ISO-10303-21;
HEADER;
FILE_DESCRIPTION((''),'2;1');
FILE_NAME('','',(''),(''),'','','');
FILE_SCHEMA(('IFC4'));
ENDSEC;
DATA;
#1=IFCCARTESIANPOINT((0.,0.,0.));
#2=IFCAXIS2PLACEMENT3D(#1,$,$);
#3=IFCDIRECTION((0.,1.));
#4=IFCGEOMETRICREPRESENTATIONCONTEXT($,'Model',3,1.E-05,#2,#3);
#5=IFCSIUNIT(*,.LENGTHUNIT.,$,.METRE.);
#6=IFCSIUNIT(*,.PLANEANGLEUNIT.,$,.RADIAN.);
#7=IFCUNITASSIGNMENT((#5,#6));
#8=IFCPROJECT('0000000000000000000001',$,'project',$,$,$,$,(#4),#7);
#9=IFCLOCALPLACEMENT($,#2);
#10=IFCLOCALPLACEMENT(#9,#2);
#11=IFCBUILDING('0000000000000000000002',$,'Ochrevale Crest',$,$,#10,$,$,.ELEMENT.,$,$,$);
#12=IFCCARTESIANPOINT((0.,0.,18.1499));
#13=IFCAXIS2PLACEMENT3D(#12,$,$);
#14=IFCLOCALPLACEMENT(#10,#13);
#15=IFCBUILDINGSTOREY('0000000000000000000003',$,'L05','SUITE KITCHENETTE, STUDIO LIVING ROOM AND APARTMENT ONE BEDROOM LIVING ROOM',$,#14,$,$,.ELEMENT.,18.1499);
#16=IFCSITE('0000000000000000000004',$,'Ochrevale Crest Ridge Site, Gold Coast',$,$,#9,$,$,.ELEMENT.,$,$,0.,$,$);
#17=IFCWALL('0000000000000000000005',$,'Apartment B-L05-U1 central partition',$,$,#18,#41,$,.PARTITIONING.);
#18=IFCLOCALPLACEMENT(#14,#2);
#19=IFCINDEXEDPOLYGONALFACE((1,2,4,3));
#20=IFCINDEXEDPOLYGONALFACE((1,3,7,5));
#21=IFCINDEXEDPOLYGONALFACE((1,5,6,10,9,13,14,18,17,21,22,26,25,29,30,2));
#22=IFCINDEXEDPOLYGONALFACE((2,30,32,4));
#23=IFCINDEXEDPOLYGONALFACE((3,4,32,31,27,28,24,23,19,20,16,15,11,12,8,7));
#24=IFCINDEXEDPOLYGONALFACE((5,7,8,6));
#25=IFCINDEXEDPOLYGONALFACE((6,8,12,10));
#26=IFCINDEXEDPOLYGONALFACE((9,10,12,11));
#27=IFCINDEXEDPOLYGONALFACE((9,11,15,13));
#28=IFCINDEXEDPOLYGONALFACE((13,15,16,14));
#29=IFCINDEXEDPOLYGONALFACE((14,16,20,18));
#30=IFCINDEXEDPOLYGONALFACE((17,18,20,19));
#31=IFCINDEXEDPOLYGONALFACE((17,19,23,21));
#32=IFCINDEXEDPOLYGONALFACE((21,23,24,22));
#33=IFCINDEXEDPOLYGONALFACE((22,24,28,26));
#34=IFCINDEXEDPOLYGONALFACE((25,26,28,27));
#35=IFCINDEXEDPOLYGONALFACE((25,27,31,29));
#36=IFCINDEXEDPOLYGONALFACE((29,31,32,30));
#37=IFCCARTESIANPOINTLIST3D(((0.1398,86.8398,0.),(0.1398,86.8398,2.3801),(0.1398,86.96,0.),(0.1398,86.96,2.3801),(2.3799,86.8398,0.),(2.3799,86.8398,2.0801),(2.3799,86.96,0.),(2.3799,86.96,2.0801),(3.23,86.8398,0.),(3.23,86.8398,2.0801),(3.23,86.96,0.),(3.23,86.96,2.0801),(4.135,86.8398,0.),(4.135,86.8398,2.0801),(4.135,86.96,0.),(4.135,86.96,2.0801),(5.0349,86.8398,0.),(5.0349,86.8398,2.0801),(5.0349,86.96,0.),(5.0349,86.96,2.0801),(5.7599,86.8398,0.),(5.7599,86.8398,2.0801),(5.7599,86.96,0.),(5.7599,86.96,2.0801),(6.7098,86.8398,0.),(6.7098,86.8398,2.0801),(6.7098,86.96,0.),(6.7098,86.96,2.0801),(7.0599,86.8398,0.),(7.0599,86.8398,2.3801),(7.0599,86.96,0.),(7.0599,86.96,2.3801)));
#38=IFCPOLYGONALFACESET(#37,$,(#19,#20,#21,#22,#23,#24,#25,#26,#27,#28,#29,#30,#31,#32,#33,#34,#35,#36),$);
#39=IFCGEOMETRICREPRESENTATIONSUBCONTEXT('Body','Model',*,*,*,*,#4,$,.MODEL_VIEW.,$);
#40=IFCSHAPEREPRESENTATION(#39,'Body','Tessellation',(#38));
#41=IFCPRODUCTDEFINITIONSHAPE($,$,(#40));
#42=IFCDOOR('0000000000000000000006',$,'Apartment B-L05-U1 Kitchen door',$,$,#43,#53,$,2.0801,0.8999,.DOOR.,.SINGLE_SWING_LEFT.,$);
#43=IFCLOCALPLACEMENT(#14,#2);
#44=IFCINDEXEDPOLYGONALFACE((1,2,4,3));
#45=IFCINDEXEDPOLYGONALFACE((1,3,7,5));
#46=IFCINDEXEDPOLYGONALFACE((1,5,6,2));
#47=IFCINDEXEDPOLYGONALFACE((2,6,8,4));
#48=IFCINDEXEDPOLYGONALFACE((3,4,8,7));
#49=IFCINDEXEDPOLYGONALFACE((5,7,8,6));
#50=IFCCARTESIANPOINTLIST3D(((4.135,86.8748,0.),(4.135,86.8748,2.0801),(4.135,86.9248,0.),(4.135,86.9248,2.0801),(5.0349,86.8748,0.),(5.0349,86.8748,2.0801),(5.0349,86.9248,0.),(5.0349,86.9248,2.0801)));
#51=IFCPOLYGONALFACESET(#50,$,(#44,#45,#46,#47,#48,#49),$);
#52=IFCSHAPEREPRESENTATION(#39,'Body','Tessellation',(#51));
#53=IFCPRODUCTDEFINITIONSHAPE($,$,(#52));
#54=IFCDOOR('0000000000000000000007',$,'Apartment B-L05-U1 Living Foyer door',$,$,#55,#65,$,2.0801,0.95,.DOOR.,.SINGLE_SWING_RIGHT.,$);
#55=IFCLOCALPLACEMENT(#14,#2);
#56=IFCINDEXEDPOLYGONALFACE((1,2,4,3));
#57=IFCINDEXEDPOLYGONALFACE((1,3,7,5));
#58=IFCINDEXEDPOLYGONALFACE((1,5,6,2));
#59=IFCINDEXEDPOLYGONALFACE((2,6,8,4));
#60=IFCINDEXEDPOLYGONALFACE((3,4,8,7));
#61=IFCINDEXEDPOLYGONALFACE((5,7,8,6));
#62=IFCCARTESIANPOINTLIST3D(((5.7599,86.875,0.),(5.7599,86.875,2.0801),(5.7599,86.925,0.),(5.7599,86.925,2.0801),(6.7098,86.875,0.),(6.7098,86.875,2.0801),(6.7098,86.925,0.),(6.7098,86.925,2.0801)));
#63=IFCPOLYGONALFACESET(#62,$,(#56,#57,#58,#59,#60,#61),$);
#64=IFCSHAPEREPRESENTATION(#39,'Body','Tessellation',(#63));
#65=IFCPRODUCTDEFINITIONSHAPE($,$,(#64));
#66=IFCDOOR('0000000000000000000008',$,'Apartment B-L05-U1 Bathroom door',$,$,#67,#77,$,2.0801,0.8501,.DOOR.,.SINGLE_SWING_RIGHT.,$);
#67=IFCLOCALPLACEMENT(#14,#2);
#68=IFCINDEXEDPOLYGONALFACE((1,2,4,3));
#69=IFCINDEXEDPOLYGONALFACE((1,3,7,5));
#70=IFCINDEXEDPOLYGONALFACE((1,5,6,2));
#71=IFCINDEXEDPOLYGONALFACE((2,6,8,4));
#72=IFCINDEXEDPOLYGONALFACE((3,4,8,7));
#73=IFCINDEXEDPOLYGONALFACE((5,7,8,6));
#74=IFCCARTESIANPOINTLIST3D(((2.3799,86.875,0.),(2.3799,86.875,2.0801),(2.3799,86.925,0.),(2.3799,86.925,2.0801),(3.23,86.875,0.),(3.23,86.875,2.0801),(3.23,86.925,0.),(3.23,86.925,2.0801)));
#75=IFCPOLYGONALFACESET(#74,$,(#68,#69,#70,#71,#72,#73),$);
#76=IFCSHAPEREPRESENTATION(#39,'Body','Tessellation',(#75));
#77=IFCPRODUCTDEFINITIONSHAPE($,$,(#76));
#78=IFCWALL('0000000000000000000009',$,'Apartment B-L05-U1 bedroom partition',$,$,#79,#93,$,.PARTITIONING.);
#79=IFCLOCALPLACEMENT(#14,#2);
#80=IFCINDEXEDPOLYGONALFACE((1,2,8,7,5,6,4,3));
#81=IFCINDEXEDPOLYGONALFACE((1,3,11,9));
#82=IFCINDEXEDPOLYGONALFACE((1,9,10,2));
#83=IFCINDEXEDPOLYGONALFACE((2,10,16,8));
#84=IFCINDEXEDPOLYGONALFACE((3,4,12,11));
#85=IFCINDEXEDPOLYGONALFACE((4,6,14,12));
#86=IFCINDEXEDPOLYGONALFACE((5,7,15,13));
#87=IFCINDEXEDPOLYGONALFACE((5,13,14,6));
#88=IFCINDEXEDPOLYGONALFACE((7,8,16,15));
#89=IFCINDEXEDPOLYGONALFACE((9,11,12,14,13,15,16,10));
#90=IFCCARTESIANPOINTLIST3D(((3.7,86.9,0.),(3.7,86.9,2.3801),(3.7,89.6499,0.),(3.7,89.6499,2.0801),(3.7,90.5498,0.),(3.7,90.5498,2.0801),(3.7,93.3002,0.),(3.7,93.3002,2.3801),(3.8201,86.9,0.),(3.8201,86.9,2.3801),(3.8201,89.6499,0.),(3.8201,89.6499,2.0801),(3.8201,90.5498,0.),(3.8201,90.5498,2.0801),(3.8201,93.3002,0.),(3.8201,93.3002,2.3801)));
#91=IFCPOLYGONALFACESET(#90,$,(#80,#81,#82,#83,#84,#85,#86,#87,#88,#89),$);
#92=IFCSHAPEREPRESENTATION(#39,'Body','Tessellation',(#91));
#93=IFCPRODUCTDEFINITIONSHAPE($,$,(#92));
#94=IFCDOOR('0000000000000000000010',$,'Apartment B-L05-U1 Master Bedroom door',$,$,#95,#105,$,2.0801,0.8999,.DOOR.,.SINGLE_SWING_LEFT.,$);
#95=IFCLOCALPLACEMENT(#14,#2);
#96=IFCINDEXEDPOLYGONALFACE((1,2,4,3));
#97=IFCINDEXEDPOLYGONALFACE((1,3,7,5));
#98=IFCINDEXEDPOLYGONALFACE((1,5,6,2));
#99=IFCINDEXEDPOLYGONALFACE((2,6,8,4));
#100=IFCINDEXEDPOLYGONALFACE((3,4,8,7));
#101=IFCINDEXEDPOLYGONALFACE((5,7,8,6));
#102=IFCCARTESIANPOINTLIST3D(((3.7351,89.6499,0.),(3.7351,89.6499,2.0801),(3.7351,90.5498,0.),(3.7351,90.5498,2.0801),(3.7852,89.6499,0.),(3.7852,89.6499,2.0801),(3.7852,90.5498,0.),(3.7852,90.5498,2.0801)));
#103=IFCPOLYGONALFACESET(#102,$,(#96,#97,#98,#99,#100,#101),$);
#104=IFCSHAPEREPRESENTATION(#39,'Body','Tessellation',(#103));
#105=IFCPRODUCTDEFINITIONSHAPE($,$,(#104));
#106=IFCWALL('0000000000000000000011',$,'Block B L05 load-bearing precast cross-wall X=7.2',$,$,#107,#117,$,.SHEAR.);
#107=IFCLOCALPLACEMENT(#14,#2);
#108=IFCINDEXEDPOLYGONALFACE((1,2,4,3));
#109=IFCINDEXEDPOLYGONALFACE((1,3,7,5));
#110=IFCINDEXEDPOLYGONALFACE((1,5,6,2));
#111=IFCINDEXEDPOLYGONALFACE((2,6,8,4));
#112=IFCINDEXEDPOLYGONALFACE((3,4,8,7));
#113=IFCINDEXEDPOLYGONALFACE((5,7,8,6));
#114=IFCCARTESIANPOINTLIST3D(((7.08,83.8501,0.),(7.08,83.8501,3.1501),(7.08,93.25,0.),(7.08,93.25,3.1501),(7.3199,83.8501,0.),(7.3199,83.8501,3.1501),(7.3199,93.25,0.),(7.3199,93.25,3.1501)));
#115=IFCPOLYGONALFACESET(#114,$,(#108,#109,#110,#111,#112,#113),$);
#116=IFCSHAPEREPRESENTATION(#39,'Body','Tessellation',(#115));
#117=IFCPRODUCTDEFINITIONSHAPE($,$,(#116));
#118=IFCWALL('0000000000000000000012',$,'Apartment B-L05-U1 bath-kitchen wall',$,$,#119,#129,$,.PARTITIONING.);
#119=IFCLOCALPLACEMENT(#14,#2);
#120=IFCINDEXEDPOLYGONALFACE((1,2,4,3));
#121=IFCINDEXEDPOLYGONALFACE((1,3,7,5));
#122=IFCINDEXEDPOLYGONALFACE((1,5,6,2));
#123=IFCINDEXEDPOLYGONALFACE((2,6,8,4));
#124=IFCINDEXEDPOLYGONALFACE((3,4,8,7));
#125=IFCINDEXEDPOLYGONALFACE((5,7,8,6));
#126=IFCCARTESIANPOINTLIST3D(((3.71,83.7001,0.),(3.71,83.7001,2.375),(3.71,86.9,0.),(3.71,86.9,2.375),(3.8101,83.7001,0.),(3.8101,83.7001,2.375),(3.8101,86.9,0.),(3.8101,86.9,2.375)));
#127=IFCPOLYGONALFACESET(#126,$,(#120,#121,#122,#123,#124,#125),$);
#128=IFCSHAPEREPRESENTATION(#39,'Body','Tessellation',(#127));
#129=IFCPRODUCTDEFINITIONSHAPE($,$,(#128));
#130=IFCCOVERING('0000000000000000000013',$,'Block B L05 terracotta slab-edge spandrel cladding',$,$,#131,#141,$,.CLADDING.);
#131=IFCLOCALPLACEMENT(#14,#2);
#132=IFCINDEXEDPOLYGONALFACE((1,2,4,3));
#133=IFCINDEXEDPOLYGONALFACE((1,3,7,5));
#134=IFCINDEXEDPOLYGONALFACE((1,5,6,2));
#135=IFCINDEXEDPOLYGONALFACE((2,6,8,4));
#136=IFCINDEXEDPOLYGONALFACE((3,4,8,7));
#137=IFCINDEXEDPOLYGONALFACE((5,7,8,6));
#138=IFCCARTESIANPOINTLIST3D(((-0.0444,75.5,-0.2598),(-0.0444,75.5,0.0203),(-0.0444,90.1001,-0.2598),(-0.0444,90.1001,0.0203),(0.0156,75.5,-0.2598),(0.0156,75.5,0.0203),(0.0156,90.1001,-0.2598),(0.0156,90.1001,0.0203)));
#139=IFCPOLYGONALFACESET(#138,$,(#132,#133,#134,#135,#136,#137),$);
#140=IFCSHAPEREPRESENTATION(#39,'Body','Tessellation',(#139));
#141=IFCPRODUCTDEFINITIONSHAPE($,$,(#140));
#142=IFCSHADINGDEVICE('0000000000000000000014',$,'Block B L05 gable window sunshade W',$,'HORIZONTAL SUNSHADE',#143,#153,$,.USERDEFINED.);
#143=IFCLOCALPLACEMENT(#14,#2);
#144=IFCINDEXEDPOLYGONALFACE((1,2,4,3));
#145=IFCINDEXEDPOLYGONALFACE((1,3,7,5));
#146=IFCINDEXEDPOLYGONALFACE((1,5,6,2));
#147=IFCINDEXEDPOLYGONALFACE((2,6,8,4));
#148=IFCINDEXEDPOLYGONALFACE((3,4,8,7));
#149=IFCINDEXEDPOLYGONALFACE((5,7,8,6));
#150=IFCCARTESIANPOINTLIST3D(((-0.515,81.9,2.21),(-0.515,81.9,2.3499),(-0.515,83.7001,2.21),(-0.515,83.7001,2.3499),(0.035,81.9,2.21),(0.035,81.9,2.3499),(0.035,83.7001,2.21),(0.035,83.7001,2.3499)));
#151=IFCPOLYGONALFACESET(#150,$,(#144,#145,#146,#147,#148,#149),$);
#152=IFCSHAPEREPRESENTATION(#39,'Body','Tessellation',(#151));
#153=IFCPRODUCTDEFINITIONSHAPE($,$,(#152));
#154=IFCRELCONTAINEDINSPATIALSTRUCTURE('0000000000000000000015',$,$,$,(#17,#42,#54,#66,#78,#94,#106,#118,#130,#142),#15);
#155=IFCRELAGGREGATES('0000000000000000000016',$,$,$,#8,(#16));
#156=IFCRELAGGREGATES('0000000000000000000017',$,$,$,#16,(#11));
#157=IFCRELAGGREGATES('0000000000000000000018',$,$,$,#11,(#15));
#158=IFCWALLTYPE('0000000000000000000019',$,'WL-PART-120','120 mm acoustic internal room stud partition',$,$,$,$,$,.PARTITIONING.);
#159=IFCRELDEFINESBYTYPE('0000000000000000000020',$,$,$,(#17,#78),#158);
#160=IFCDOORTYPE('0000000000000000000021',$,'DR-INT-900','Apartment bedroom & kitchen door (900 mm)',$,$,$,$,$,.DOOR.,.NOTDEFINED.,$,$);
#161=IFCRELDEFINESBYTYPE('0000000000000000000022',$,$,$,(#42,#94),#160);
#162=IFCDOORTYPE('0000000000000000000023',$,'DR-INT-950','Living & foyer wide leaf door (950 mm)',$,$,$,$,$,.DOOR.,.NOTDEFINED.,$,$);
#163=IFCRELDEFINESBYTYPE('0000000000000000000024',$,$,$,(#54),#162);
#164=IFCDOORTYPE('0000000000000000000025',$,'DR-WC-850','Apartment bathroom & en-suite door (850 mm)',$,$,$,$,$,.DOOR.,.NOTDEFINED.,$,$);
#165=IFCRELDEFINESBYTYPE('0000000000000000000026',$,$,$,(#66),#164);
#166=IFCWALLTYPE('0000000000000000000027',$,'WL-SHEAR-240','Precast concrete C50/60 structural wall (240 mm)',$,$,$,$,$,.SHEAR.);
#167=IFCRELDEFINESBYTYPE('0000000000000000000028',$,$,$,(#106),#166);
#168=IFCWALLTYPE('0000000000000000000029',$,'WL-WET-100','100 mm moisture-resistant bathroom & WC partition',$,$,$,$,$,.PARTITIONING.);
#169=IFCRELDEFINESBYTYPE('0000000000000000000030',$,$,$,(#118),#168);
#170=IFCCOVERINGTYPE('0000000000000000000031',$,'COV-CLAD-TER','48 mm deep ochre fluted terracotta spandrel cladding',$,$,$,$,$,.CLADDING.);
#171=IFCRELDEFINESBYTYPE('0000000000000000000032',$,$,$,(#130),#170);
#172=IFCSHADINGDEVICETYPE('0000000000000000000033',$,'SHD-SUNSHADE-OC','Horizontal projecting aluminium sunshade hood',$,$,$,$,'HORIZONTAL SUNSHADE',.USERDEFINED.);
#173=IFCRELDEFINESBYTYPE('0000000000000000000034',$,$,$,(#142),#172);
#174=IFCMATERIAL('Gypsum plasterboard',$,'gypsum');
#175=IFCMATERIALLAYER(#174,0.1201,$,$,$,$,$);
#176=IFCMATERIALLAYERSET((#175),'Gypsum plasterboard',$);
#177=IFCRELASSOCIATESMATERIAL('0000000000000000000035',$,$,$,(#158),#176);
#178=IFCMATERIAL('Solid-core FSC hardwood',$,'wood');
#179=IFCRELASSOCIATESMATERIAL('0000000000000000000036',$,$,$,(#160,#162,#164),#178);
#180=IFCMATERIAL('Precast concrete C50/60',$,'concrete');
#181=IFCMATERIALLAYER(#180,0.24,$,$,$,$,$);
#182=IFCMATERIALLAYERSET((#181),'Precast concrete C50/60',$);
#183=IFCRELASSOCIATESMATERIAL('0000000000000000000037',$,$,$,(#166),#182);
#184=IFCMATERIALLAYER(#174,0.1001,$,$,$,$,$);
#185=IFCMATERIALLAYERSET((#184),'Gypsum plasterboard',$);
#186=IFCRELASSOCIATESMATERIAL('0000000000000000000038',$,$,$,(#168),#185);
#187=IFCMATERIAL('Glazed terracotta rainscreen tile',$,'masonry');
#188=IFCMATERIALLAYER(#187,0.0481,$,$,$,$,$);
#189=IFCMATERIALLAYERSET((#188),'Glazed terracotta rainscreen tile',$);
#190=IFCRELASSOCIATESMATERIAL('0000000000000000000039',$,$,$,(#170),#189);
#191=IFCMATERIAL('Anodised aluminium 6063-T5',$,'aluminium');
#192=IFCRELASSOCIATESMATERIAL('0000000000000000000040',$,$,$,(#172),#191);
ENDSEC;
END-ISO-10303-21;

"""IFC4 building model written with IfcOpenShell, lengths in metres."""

from ifc_helpers import new_model, si_unit, direction, frame, frame_2d, origin, origin_2d, place, context, subcontext, project, spatial, rectangle, extrude, material, layer, layer_set, type_object, element, fill, save


model = new_model("IFC4")

# Units and contexts
model_context = context("Model", 3, precision=1e-05, world=origin(), true_north=direction((0.0, 1.0)))
body_context = subcontext(model_context, "Body", "Model", "MODEL_VIEW")
ifc_project = project(units=[si_unit("LENGTHUNIT", "METRE"), si_unit("PLANEANGLEUNIT", "RADIAN")], contexts=[model_context])

# Site, building, storey
site_placement = place(None, origin())
site = spatial("IfcSite", under=ifc_project, at=site_placement, Name="Ochrevale Crest Ridge Site, Gold Coast", CompositionType="ELEMENT", RefElevation=0.0)
building_placement = place(site_placement, origin())
building = spatial("IfcBuilding", under=site, at=building_placement, Name="Ochrevale Crest", CompositionType="ELEMENT")
storey_placement = place(building_placement, frame((0.0, 0.0, 18.1499)))
storey = spatial("IfcBuildingStorey", under=building, at=storey_placement, Name="L05", Description="SUITE KITCHENETTE, STUDIO LIVING ROOM AND APARTMENT ONE BEDROOM LIVING ROOM", CompositionType="ELEMENT", Elevation=18.1499)

# Shared definitions
ifc_material_1 = material(Name="Precast concrete C50/60", Category="concrete")

# Shared definitions
ifc_material_2 = material(Name="Anodised aluminium 6063-T5", Category="aluminium")

# Shared definitions
ifc_material_3 = material(Name="Gypsum plasterboard", Category="gypsum")
ifc_material_4 = material(Name="Solid-core FSC hardwood", Category="wood")

# Shared definitions
ifc_layer_1 = layer(ifc_material_3, 0.1201)
ifc_layer_set_1 = layer_set([ifc_layer_1], Name="Gypsum plasterboard")
wall_type_1 = type_object("IfcWallType", Name="WL-PART-120", Description="120 mm acoustic internal room stud partition", PredefinedType="PARTITIONING", material=ifc_layer_set_1)

# Wall, openings, doors
wall_1_placement = place(storey_placement, frame((0.1399, 86.8999, 0.0), z_axis=(0.0, 0.0, 1.0), x_axis=(1.0, 0.0, 0.0)))
wall_1 = element("IfcWall", 1, at=wall_1_placement, inside=storey, type_object=wall_type_1, Name="Apartment B-L05-U1 central partition", PredefinedType="PARTITIONING", context=body_context, shape_type="SweptSolid", body=[
    extrude(rectangle(XDim=6.9202, YDim=0.1201, at=frame_2d((3.46, 0.0))), origin(), (0.0, 0.0, 1.0), 2.3801),
])
opening_1_placement = place(wall_1_placement, frame((3.0901, 0.0, 0.0), z_axis=(0.0, 0.0, 1.0), x_axis=(-1.0, 0.0, 0.0)))
opening_1 = element("IfcOpeningElement", 2, at=opening_1_placement, cuts=wall_1, PredefinedType="OPENING", context=body_context, shape_type="SweptSolid", body=[
    extrude(rectangle(XDim=0.8501, YDim=2.0801, at=frame_2d((0.425, 1.04))), frame((0.0, 0.0701, 0.0), z_axis=(0.0, -1.0, 0.0), x_axis=(1.0, 0.0, 0.0)), (0.0, 0.0, 1.0), 0.1401),
])
opening_2_placement = place(wall_1_placement, frame((3.9951, 0.0, 0.0)))
opening_2 = element("IfcOpeningElement", 3, at=opening_2_placement, cuts=wall_1, PredefinedType="OPENING", context=body_context, shape_type="SweptSolid", body=[
    extrude(rectangle(XDim=0.8999, YDim=2.0801, at=frame_2d((0.45, 1.04))), frame((0.0, 0.0701, 0.0), z_axis=(0.0, -1.0, 0.0), x_axis=(1.0, 0.0, 0.0)), (0.0, 0.0, 1.0), 0.1401),
])
opening_3_placement = place(wall_1_placement, frame((6.5701, 0.0, 0.0), z_axis=(0.0, 0.0, 1.0), x_axis=(-1.0, 0.0, 0.0)))
opening_3 = element("IfcOpeningElement", 4, at=opening_3_placement, cuts=wall_1, PredefinedType="OPENING", context=body_context, shape_type="SweptSolid", body=[
    extrude(rectangle(XDim=0.95, YDim=2.0801, at=frame_2d((0.4751, 1.04))), frame((0.0, 0.0701, 0.0), z_axis=(0.0, -1.0, 0.0), x_axis=(1.0, 0.0, 0.0)), (0.0, 0.0, 1.0), 0.1401),
])
door_type_1 = type_object("IfcDoorType", Name="DR-INT-900", Description="Apartment bedroom & kitchen door (900 mm)", OperationType="NOTDEFINED", PredefinedType="DOOR", material=ifc_material_4)
door_1_placement = place(opening_2_placement, origin())
door_1 = element("IfcDoor", 5, at=door_1_placement, inside=storey, type_object=door_type_1, Name="Apartment B-L05-U1 Kitchen door", OperationType="SINGLE_SWING_LEFT", OverallHeight=2.0801, OverallWidth=0.8999, PredefinedType="DOOR", context=body_context, shape_type="SweptSolid", body=[
    extrude(rectangle(XDim=0.8999, YDim=2.0801, at=frame_2d((0.45, 1.04))), frame((0.0, 0.0249, 0.0), z_axis=(0.0, -1.0, 0.0), x_axis=(1.0, 0.0, 0.0)), (0.0, 0.0, 1.0), 0.05),
])
fill(opening_2, door_1)
door_type_2 = type_object("IfcDoorType", Name="DR-INT-950", Description="Living & foyer wide leaf door (950 mm)", OperationType="NOTDEFINED", PredefinedType="DOOR", material=ifc_material_4)
door_2_placement = place(opening_3_placement, origin())
door_2 = element("IfcDoor", 6, at=door_2_placement, inside=storey, type_object=door_type_2, Name="Apartment B-L05-U1 Living Foyer door", OperationType="SINGLE_SWING_RIGHT", OverallHeight=2.0801, OverallWidth=0.95, PredefinedType="DOOR", context=body_context, shape_type="SweptSolid", body=[
    extrude(rectangle(XDim=0.95, YDim=2.0801, at=frame_2d((0.4751, 1.04))), frame((0.0, 0.0249, 0.0), z_axis=(0.0, -1.0, 0.0), x_axis=(1.0, 0.0, 0.0)), (0.0, 0.0, 1.0), 0.05),
])
fill(opening_3, door_2)
door_type_3 = type_object("IfcDoorType", Name="DR-WC-850", Description="Apartment bathroom & en-suite door (850 mm)", OperationType="NOTDEFINED", PredefinedType="DOOR", material=ifc_material_4)
door_3_placement = place(opening_1_placement, origin())
door_3 = element("IfcDoor", 7, at=door_3_placement, inside=storey, type_object=door_type_3, Name="Apartment B-L05-U1 Bathroom door", OperationType="SINGLE_SWING_RIGHT", OverallHeight=2.0801, OverallWidth=0.8501, PredefinedType="DOOR", context=body_context, shape_type="SweptSolid", body=[
    extrude(rectangle(XDim=0.8501, YDim=2.0801, at=frame_2d((0.425, 1.04))), frame((0.0, 0.0249, 0.0), z_axis=(0.0, -1.0, 0.0), x_axis=(1.0, 0.0, 0.0)), (0.0, 0.0, 1.0), 0.05),
])
fill(opening_1, door_3)

# Wall, opening, door
wall_2_placement = place(storey_placement, frame((3.76, 86.8999, 0.0), z_axis=(0.0, 0.0, 1.0), x_axis=(0.0, 1.0, 0.0)))
wall_2 = element("IfcWall", 8, at=wall_2_placement, inside=storey, type_object=wall_type_1, Name="Apartment B-L05-U1 bedroom partition", PredefinedType="PARTITIONING", context=body_context, shape_type="SweptSolid", body=[
    extrude(rectangle(XDim=6.4001, YDim=0.1201, at=frame_2d((3.2002, 0.0))), origin(), (0.0, 0.0, 1.0), 2.3801),
])
opening_4_placement = place(wall_2_placement, frame((2.75, 0.0, 0.0)))
opening_4 = element("IfcOpeningElement", 9, at=opening_4_placement, cuts=wall_2, PredefinedType="OPENING", context=body_context, shape_type="SweptSolid", body=[
    extrude(rectangle(XDim=0.8999, YDim=2.0801, at=frame_2d((0.45, 1.04))), frame((0.0, 0.0701, 0.0), z_axis=(0.0, -1.0, 0.0), x_axis=(1.0, 0.0, 0.0)), (0.0, 0.0, 1.0), 0.1401),
])
door_4_placement = place(opening_4_placement, origin())
door_4 = element("IfcDoor", 10, at=door_4_placement, inside=storey, type_object=door_type_1, Name="Apartment B-L05-U1 Master Bedroom door", OperationType="SINGLE_SWING_LEFT", OverallHeight=2.0801, OverallWidth=0.8999, PredefinedType="DOOR", context=body_context, shape_type="SweptSolid", body=[
    extrude(rectangle(XDim=0.8999, YDim=2.0801, at=frame_2d((0.45, 1.04))), frame((0.0, 0.0249, 0.0), z_axis=(0.0, -1.0, 0.0), x_axis=(1.0, 0.0, 0.0)), (0.0, 0.0, 1.0), 0.05),
])
fill(opening_4, door_4)

# Walls
ifc_layer_2 = layer(ifc_material_1, 0.24)
ifc_layer_set_2 = layer_set([ifc_layer_2], Name="Precast concrete C50/60")
wall_type_2 = type_object("IfcWallType", Name="WL-SHEAR-240", Description="Precast concrete C50/60 structural wall (240 mm)", PredefinedType="SHEAR", material=ifc_layer_set_2)
wall_3_placement = place(storey_placement, frame((7.2, 83.8501, 0.0), z_axis=(0.0, 0.0, 1.0), x_axis=(0.0, 1.0, 0.0)))
element("IfcWall", 11, at=wall_3_placement, inside=storey, type_object=wall_type_2, Name="Block B L05 load-bearing precast cross-wall X=7.2", PredefinedType="SHEAR", context=body_context, shape_type="SweptSolid", body=[
    extrude(rectangle(XDim=9.3999, YDim=0.24, at=frame_2d((4.7, 0.0))), origin(), (0.0, 0.0, 1.0), 3.1501),
])
ifc_layer_3 = layer(ifc_material_3, 0.1001)
ifc_layer_set_3 = layer_set([ifc_layer_3], Name="Gypsum plasterboard")
wall_type_3 = type_object("IfcWallType", Name="WL-WET-100", Description="100 mm moisture-resistant bathroom & WC partition", PredefinedType="PARTITIONING", material=ifc_layer_set_3)
wall_4_placement = place(storey_placement, frame((3.76, 83.7, 0.0), z_axis=(0.0, 0.0, 1.0), x_axis=(0.0, 1.0, 0.0)))
element("IfcWall", 12, at=wall_4_placement, inside=storey, type_object=wall_type_3, Name="Apartment B-L05-U1 bath-kitchen wall", PredefinedType="PARTITIONING", context=body_context, shape_type="SweptSolid", body=[
    extrude(rectangle(XDim=3.2, YDim=0.1001, at=frame_2d((1.6001, 0.0))), origin(), (0.0, 0.0, 1.0), 2.375),
])

# Covering
ifc_material_5 = material(Name="Glazed terracotta rainscreen tile", Category="masonry")
ifc_layer_4 = layer(ifc_material_5, 0.0481)
ifc_layer_set_4 = layer_set([ifc_layer_4], Name="Glazed terracotta rainscreen tile")
covering_type = type_object("IfcCoveringType", Name="COV-CLAD-TER", Description="48 mm deep ochre fluted terracotta spandrel cladding", PredefinedType="CLADDING", material=ifc_layer_set_4)
covering_placement = place(storey_placement, frame((-0.0144, 82.8, -0.2598), z_axis=(0.0, 0.0, 1.0), x_axis=(0.0, -1.0, 0.0)))
element("IfcCovering", 13, at=covering_placement, inside=storey, type_object=covering_type, Name="Block B L05 terracotta slab-edge spandrel cladding", PredefinedType="CLADDING", context=body_context, shape_type="SweptSolid", body=[
    extrude(rectangle(XDim=14.6001, YDim=0.0601, at=origin_2d()), origin(), (0.0, 0.0, 1.0), 0.28),
])

# Shading device
shading_device_type = type_object("IfcShadingDeviceType", Name="SHD-SUNSHADE-OC", Description="Horizontal projecting aluminium sunshade hood", ElementType="HORIZONTAL SUNSHADE", PredefinedType="USERDEFINED", material=ifc_material_2)
shading_device_placement = place(storey_placement, frame((-0.24, 82.8, 2.21), z_axis=(0.0, 0.0, 1.0), x_axis=(1.0, 0.0, 0.0)))
element("IfcShadingDevice", 14, at=shading_device_placement, inside=storey, type_object=shading_device_type, Name="Block B L05 gable window sunshade W", ObjectType="HORIZONTAL SUNSHADE", PredefinedType="USERDEFINED", context=body_context, shape_type="SweptSolid", body=[
    extrude(rectangle(XDim=0.55, YDim=1.8, at=origin_2d()), origin(), (0.0, 0.0, 1.0), 0.1399),
])

save(model, "model.ifc")
